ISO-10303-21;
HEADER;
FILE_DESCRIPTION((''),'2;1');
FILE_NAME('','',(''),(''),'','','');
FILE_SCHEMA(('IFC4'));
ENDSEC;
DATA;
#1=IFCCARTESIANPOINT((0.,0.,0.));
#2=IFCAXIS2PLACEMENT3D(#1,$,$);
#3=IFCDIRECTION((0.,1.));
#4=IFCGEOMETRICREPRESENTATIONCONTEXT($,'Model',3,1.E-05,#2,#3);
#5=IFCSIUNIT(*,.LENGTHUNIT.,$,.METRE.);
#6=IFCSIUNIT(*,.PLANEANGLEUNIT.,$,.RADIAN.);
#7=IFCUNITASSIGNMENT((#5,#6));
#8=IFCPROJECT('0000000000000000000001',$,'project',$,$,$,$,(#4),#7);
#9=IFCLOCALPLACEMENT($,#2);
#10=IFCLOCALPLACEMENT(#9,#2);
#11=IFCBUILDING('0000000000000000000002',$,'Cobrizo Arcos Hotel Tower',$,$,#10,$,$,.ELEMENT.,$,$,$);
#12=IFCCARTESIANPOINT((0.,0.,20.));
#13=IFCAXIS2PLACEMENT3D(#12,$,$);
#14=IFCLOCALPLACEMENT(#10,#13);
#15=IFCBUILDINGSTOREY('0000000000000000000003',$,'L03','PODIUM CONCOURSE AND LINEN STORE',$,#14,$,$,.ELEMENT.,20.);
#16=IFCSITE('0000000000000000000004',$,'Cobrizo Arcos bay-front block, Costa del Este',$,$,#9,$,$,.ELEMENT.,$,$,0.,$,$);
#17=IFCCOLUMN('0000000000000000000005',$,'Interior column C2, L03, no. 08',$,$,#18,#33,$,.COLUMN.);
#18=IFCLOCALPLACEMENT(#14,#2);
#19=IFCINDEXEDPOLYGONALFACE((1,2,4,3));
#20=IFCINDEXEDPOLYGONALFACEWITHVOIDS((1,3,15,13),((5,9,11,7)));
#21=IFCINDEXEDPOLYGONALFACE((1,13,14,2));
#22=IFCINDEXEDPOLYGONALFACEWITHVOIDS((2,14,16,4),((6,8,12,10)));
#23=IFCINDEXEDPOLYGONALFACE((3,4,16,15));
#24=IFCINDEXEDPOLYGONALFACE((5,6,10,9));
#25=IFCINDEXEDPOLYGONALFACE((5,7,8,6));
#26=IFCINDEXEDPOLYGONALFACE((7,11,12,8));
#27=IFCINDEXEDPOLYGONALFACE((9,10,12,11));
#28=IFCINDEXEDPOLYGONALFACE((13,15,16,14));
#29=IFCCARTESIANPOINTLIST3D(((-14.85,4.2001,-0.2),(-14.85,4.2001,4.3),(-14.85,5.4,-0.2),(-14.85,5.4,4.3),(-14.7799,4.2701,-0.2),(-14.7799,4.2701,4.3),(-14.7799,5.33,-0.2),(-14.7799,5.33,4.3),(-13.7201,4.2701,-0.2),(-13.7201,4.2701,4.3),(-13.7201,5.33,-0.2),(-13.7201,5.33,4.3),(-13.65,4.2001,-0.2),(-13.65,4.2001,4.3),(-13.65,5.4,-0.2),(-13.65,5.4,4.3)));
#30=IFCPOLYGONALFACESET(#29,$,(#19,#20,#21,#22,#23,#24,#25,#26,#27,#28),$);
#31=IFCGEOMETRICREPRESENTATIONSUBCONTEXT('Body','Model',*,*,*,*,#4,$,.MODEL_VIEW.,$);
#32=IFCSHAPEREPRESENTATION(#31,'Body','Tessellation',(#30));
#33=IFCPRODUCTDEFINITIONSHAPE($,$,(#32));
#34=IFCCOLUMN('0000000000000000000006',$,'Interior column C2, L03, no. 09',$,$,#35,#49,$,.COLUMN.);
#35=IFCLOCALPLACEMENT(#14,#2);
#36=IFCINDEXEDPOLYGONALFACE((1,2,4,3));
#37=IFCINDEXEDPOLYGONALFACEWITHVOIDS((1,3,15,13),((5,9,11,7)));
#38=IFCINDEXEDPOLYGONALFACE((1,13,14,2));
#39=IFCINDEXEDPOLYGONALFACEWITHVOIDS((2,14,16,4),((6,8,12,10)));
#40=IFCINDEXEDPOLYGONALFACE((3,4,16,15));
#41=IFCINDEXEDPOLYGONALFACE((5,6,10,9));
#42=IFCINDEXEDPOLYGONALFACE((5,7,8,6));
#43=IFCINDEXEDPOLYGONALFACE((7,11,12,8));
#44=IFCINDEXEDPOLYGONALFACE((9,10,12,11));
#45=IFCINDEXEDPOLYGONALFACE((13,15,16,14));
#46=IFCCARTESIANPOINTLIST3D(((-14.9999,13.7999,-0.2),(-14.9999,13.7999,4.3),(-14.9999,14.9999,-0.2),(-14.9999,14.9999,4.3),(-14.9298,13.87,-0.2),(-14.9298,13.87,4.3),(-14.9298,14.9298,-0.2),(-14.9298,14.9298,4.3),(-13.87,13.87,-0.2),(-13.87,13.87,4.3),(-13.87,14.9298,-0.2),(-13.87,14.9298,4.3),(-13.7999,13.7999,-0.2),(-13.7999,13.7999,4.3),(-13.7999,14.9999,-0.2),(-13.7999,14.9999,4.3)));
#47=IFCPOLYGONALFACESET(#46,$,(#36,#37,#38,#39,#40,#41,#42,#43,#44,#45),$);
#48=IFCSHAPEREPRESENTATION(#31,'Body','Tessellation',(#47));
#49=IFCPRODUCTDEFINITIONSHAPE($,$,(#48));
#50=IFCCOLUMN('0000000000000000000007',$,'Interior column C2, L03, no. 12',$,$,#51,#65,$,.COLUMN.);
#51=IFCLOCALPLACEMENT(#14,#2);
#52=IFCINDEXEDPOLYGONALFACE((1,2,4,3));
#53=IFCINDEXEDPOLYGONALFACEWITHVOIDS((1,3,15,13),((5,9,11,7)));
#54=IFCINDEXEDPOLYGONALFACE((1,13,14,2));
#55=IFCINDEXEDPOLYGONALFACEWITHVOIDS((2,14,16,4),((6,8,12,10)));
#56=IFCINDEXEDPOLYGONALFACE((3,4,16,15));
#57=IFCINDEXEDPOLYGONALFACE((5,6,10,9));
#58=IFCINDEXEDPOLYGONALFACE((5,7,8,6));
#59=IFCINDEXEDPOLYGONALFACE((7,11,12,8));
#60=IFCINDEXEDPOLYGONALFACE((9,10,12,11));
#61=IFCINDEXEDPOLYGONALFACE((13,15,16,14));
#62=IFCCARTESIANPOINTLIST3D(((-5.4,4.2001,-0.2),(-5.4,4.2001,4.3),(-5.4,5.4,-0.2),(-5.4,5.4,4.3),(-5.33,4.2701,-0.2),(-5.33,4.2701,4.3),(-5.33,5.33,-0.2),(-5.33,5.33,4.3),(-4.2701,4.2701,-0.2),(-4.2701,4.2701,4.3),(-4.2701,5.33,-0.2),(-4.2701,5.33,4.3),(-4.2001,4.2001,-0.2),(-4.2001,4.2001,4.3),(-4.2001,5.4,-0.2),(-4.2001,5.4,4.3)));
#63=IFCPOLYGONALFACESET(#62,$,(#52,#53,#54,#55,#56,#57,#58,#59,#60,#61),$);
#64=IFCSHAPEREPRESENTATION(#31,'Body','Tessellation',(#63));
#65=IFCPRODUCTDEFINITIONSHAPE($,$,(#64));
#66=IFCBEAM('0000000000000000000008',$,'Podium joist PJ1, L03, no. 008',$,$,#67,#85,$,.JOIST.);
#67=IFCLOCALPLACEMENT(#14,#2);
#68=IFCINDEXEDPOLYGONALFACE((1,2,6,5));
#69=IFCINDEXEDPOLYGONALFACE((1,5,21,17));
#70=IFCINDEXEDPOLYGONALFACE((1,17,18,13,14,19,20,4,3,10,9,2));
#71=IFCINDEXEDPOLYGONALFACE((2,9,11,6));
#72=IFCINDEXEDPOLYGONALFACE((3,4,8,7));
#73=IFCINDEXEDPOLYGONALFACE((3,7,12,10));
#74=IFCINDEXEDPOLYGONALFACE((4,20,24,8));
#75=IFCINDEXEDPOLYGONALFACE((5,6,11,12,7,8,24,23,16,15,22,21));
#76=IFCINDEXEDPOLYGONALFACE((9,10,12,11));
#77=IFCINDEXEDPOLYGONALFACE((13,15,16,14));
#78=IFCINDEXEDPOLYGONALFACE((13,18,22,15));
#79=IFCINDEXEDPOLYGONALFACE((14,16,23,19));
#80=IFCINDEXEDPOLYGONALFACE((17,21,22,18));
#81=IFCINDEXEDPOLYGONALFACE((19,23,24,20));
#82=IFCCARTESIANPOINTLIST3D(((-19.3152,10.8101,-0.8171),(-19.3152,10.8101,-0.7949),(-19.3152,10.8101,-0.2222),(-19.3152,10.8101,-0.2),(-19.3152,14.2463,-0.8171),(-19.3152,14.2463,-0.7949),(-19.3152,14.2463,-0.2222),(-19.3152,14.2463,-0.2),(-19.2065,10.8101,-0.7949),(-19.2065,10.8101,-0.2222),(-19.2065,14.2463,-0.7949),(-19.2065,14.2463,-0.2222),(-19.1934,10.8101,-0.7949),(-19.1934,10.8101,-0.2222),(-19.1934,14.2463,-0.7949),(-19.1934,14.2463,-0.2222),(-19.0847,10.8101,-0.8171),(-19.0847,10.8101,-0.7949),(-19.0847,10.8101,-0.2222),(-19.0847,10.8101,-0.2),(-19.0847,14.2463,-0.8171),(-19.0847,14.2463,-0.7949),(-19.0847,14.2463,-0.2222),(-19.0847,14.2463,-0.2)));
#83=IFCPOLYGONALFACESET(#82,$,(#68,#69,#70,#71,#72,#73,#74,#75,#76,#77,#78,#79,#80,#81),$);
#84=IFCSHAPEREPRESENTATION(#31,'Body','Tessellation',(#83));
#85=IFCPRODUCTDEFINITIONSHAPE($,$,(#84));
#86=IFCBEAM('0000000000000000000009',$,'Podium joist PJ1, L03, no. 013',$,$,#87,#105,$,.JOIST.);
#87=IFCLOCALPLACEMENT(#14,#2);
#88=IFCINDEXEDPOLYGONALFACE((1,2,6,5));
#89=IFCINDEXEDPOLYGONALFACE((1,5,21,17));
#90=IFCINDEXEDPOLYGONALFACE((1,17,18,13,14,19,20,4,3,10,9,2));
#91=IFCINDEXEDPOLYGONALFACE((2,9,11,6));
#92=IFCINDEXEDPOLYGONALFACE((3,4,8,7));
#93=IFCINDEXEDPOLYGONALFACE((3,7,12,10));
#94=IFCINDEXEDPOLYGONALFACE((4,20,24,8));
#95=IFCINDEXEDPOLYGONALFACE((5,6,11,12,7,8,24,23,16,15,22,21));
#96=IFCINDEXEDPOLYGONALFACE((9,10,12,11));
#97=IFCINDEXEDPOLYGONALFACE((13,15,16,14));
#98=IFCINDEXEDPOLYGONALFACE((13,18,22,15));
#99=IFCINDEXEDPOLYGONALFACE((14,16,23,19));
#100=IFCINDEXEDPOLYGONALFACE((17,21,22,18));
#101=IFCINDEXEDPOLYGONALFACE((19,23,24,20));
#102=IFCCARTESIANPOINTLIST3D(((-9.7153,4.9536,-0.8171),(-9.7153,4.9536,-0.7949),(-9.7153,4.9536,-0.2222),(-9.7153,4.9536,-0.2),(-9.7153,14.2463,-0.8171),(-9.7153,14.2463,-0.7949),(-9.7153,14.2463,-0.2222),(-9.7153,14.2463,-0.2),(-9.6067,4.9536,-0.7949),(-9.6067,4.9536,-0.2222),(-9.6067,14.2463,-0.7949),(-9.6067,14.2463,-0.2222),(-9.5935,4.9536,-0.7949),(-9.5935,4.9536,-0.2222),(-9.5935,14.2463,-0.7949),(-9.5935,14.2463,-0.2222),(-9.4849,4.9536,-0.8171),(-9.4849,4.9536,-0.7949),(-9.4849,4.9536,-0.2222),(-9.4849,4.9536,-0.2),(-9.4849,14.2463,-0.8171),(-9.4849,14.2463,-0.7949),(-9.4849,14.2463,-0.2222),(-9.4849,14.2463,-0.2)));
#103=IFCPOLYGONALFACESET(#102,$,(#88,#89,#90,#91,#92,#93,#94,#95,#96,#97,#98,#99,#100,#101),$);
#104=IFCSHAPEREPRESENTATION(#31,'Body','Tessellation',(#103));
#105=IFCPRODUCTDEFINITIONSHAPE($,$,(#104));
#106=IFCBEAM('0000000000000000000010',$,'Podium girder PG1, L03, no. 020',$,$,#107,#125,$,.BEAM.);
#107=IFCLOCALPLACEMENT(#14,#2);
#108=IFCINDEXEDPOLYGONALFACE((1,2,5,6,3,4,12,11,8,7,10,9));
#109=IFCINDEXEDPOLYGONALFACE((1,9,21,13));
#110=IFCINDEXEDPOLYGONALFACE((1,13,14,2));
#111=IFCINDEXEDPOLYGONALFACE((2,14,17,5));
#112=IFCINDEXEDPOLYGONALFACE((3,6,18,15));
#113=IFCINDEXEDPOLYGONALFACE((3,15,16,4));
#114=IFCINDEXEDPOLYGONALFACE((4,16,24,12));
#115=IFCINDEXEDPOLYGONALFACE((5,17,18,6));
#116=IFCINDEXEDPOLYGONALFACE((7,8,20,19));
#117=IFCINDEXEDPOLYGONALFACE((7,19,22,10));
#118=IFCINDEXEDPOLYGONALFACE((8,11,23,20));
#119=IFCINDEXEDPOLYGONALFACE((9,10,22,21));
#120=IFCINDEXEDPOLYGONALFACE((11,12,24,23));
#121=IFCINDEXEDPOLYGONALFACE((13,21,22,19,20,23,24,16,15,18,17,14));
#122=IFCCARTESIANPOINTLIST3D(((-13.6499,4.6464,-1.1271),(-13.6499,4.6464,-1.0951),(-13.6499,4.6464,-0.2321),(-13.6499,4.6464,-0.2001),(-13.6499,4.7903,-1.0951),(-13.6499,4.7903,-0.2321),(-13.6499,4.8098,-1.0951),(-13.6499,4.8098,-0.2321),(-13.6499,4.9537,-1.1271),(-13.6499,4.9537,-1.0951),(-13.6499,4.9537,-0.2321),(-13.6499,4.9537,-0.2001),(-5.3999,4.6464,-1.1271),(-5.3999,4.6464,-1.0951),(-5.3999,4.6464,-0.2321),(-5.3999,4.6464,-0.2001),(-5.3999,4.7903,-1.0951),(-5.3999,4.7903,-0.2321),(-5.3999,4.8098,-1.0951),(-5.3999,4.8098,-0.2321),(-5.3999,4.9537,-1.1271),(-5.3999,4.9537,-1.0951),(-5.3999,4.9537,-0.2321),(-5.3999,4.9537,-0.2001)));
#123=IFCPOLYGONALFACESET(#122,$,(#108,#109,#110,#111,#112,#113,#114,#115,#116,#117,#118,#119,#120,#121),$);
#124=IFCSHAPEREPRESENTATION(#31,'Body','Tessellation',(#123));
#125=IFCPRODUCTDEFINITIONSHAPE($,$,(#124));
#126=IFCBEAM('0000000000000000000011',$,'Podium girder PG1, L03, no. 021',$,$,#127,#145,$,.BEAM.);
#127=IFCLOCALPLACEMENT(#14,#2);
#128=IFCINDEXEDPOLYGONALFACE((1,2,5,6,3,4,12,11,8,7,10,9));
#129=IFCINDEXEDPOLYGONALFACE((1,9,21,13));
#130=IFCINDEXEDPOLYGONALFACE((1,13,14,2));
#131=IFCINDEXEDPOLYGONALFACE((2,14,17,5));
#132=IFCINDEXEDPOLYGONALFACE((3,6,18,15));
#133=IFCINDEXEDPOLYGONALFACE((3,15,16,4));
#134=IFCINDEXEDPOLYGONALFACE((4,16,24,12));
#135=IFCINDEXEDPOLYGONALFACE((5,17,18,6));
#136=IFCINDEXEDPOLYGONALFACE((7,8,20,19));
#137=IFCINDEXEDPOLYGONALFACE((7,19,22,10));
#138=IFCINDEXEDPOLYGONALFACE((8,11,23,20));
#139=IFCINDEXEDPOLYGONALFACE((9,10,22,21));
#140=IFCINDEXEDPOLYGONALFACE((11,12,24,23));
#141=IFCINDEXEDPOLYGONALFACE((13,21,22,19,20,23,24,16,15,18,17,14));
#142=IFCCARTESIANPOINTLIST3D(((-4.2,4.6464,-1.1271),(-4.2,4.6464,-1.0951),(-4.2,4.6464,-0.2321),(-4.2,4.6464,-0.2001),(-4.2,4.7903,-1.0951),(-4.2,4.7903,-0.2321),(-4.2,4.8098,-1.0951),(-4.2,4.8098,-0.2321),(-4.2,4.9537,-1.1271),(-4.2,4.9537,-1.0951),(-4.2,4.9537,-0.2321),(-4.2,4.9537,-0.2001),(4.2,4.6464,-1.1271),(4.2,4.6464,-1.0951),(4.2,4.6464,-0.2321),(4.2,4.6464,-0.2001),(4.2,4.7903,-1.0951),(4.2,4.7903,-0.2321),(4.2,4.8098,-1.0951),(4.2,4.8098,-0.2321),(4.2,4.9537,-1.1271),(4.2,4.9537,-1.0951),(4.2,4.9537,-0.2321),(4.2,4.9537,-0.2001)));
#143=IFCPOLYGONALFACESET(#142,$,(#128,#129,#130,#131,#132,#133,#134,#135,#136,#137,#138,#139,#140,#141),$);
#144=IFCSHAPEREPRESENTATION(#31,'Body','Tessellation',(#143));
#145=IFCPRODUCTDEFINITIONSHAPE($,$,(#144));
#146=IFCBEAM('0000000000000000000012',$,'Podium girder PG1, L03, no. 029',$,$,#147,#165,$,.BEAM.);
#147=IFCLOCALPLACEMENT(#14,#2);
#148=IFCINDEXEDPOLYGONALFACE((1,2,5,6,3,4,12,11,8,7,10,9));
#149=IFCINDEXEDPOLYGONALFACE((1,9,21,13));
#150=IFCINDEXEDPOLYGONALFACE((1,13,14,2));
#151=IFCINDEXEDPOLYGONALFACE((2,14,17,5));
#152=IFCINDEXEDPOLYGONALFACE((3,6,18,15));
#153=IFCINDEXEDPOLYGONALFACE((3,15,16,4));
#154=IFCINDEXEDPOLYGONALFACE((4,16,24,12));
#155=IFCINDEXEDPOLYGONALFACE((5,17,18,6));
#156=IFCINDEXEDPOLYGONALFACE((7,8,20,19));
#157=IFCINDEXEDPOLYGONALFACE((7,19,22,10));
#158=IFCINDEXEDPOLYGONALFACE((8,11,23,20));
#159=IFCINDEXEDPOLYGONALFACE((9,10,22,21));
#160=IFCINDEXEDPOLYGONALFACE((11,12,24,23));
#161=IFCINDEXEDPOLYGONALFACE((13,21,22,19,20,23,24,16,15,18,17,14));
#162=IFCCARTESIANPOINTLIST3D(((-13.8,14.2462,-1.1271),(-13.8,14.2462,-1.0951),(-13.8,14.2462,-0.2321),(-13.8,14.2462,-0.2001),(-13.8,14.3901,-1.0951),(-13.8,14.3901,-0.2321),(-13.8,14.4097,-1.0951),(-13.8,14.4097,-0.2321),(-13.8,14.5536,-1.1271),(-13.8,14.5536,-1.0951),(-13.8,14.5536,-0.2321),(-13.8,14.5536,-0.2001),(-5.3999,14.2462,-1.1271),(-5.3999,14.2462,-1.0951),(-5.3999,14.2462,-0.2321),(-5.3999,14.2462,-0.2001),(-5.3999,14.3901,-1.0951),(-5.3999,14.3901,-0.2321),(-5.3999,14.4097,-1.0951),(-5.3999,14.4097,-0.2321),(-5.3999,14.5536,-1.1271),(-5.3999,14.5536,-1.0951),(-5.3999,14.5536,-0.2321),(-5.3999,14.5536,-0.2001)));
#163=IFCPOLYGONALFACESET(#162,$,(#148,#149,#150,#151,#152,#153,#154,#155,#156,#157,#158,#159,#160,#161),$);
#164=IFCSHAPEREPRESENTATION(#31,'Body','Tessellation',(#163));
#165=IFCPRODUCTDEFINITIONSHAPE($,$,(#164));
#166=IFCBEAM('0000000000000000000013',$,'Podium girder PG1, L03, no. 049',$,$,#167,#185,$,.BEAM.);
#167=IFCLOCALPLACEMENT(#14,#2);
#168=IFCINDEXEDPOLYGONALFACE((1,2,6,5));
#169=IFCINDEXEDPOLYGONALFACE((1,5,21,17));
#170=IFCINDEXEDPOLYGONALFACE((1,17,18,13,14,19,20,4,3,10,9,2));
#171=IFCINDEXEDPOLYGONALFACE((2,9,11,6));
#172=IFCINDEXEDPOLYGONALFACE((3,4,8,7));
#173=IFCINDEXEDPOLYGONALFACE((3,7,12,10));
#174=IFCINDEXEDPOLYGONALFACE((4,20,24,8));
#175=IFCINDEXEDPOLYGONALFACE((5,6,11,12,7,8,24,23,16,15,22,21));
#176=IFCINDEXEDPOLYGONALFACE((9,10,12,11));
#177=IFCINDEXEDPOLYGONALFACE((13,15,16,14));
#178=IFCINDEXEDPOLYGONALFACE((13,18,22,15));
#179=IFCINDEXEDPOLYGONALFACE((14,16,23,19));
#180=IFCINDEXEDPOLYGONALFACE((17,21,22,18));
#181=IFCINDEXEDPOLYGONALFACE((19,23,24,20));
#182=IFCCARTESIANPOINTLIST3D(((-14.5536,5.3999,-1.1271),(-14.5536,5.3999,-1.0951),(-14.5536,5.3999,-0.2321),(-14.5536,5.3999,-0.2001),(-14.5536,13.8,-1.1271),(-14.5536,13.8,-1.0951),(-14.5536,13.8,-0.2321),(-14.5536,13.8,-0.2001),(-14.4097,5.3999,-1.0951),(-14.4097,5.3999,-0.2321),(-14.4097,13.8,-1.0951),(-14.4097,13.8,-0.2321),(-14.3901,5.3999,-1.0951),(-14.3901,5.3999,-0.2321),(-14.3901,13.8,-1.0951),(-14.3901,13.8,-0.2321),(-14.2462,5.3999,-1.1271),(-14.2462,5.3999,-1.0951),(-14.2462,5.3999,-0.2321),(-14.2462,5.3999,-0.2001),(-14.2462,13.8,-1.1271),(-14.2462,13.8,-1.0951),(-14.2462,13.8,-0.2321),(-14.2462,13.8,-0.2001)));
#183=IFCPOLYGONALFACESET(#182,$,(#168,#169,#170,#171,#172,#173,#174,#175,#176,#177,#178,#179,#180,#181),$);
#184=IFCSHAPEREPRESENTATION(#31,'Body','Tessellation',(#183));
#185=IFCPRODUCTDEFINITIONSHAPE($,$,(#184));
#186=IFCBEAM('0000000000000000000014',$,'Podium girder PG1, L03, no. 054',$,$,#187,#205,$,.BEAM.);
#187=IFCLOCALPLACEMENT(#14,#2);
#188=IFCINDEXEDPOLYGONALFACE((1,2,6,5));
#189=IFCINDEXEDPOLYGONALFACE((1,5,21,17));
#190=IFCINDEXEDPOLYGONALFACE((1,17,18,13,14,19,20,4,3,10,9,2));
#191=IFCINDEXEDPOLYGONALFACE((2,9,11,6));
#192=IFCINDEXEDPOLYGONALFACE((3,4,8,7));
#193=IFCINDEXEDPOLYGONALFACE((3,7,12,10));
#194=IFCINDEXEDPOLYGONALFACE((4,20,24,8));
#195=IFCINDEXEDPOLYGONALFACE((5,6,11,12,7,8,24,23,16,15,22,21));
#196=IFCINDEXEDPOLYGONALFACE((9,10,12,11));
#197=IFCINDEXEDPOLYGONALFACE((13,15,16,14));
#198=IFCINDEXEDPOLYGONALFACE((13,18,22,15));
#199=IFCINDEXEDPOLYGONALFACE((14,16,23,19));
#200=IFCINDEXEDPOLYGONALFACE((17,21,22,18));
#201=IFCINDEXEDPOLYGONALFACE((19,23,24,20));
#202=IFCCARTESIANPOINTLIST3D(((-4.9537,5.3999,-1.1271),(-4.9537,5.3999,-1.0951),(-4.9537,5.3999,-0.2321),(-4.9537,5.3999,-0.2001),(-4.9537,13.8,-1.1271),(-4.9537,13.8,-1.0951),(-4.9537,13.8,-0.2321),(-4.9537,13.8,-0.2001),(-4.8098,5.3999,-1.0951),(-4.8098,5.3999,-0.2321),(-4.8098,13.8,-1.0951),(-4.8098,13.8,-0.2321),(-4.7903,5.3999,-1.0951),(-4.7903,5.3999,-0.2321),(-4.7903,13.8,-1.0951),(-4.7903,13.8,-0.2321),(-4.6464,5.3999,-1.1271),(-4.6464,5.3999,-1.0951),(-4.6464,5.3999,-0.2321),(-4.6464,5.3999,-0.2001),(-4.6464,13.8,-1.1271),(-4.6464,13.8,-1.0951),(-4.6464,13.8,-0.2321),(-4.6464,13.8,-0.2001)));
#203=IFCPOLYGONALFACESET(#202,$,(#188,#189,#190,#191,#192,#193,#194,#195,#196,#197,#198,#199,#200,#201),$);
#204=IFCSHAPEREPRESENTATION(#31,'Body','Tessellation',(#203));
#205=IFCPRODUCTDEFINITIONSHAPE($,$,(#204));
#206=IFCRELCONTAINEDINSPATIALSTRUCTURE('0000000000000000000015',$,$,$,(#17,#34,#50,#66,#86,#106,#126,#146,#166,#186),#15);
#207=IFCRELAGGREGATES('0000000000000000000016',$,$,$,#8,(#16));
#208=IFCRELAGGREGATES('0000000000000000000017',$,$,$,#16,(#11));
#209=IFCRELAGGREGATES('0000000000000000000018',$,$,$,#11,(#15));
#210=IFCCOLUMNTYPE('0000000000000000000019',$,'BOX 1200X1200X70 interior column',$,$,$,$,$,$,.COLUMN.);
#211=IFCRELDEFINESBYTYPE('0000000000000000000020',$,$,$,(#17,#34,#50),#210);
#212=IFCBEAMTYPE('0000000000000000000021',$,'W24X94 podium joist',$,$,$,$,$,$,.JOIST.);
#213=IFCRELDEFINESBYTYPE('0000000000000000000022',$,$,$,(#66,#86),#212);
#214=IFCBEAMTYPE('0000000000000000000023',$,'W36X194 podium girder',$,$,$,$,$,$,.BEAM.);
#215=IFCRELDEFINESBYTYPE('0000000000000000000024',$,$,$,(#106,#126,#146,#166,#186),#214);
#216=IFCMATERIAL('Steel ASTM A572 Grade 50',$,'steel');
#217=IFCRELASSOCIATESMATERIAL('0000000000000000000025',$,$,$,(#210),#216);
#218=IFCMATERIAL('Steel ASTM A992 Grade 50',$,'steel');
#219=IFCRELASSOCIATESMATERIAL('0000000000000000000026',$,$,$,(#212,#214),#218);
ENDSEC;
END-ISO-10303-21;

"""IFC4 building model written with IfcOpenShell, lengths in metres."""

from ifc_helpers import new_model, si_unit, direction, frame, origin, origin_2d, place, context, subcontext, project, spatial, hollow_rectangle, i_section, extrude, material, material_profile, profile_set, type_object, element, save


model = new_model("IFC4")

# Units and contexts
model_context = context("Model", 3, precision=1e-05, world=origin(), true_north=direction((0.0, 1.0)))
body_context = subcontext(model_context, "Body", "Model", "MODEL_VIEW")
ifc_project = project(units=[si_unit("LENGTHUNIT", "METRE"), si_unit("PLANEANGLEUNIT", "RADIAN")], contexts=[model_context])

# Site, building, storey
site_placement = place(None, origin())
site = spatial("IfcSite", under=ifc_project, at=site_placement, Name="Cobrizo Arcos bay-front block, Costa del Este", CompositionType="ELEMENT", RefElevation=0.0)
building_placement = place(site_placement, origin())
building = spatial("IfcBuilding", under=site, at=building_placement, Name="Cobrizo Arcos Hotel Tower", CompositionType="ELEMENT")
storey_placement = place(building_placement, frame((0.0, 0.0, 20.0)))
storey = spatial("IfcBuildingStorey", under=building, at=storey_placement, Name="L03", Description="PODIUM CONCOURSE AND LINEN STORE", CompositionType="ELEMENT", Elevation=20.0)

# Columns
ifc_material_1 = material(Name="Steel ASTM A572 Grade 50", Category="steel")
ifc_material_profile_1 = material_profile(ifc_material_1, hollow_rectangle(XDim=1.2, YDim=1.2, WallThickness=0.0701, at=origin_2d()), Name="BOX 1200X1200X70")
ifc_profile_set_1 = profile_set([ifc_material_profile_1], Name="Steel ASTM A572 Grade 50")
column_type = type_object("IfcColumnType", Name="BOX 1200X1200X70 interior column", PredefinedType="COLUMN", material=ifc_profile_set_1)
for number, where, z_axis, x_axis, name in (
    (1, (-14.25, 4.8, -0.2), (0.0, 0.0, 1.0), (1.0, 0.0, 0.0), "Interior column C2, L03, no. 08"),
    (2, (-14.3999, 14.3999, -0.2), (0.0, 0.0, 1.0), (1.0, 0.0, 0.0), "Interior column C2, L03, no. 09"),
    (3, (-4.8, 4.8, -0.2), (0.0, 0.0, 1.0), (1.0, 0.0, 0.0), "Interior column C2, L03, no. 12"),
):
    element("IfcColumn", number, at=place(storey_placement, frame(where, z_axis=z_axis, x_axis=x_axis)), inside=storey, type_object=column_type, Name=name, PredefinedType="COLUMN", context=body_context, shape_type="SweptSolid", body=[
        extrude(hollow_rectangle(XDim=1.2, YDim=1.2, WallThickness=0.0701, at=origin_2d()), origin(), (0.0, 0.0, 1.0), 4.5),
    ])

# Beams
ifc_material_2 = material(Name="Steel ASTM A992 Grade 50", Category="steel")
ifc_material_profile_2 = material_profile(ifc_material_2, i_section(OverallWidth=0.2305, OverallDepth=0.6172, WebThickness=0.0132, FlangeThickness=0.0222, at=origin_2d()), Name="W24X94")
ifc_profile_set_2 = profile_set([ifc_material_profile_2], Name="Steel ASTM A992 Grade 50")
beam_type_1 = type_object("IfcBeamType", Name="W24X94 podium joist", PredefinedType="JOIST", material=ifc_profile_set_2)
beam_1_placement = place(storey_placement, frame((-19.2, 10.8101, -0.5085), z_axis=(0.0, 1.0, 0.0), x_axis=(-1.0, 0.0, 0.0)))
element("IfcBeam", 4, at=beam_1_placement, inside=storey, type_object=beam_type_1, Name="Podium joist PJ1, L03, no. 008", PredefinedType="JOIST", context=body_context, shape_type="SweptSolid", body=[
    extrude(i_section(OverallWidth=0.2305, OverallDepth=0.6172, WebThickness=0.0132, FlangeThickness=0.0222, at=origin_2d()), origin(), (0.0, 0.0, 1.0), 3.4363),
])
beam_2_placement = place(storey_placement, frame((-9.6001, 4.9536, -0.5085), z_axis=(0.0, 1.0, 0.0), x_axis=(-1.0, 0.0, 0.0)))
element("IfcBeam", 5, at=beam_2_placement, inside=storey, type_object=beam_type_1, Name="Podium joist PJ1, L03, no. 013", PredefinedType="JOIST", context=body_context, shape_type="SweptSolid", body=[
    extrude(i_section(OverallWidth=0.2305, OverallDepth=0.6172, WebThickness=0.0132, FlangeThickness=0.0222, at=origin_2d()), origin(), (0.0, 0.0, 1.0), 9.2927),
])
ifc_material_profile_3 = material_profile(ifc_material_2, i_section(OverallWidth=0.3074, OverallDepth=0.927, WebThickness=0.0195, FlangeThickness=0.032, at=origin_2d()), Name="W36X194")
ifc_profile_set_3 = profile_set([ifc_material_profile_3], Name="Steel ASTM A992 Grade 50")
beam_type_2 = type_object("IfcBeamType", Name="W36X194 podium girder", PredefinedType="BEAM", material=ifc_profile_set_3)
beam_3_placement = place(storey_placement, frame((-13.6499, 4.8, -0.6636), z_axis=(1.0, 0.0, 0.0), x_axis=(0.0, 1.0, 0.0)))
element("IfcBeam", 6, at=beam_3_placement, inside=storey, type_object=beam_type_2, Name="Podium girder PG1, L03, no. 020", PredefinedType="BEAM", context=body_context, shape_type="SweptSolid", body=[
    extrude(i_section(OverallWidth=0.3074, OverallDepth=0.927, WebThickness=0.0195, FlangeThickness=0.032, at=origin_2d()), origin(), (0.0, 0.0, 1.0), 8.25),
])
beam_4_placement = place(storey_placement, frame((-4.2, 4.8, -0.6636), z_axis=(1.0, 0.0, 0.0), x_axis=(0.0, 1.0, 0.0)))
element("IfcBeam", 7, at=beam_4_placement, inside=storey, type_object=beam_type_2, Name="Podium girder PG1, L03, no. 021", PredefinedType="BEAM", context=body_context, shape_type="SweptSolid", body=[
    extrude(i_section(OverallWidth=0.3074, OverallDepth=0.927, WebThickness=0.0195, FlangeThickness=0.032, at=origin_2d()), origin(), (0.0, 0.0, 1.0), 8.3999),
])
for number, where, z_axis, x_axis, name in (
    (8, (-13.8, 14.3999, -0.6636), (1.0, 0.0, 0.0), (0.0, 1.0, 0.0), "Podium girder PG1, L03, no. 029"),
    (9, (-14.3999, 5.3999, -0.6636), (0.0, 1.0, 0.0), (-1.0, 0.0, 0.0), "Podium girder PG1, L03, no. 049"),
    (10, (-4.8, 5.3999, -0.6636), (0.0, 1.0, 0.0), (-1.0, 0.0, 0.0), "Podium girder PG1, L03, no. 054"),
):
    element("IfcBeam", number, at=place(storey_placement, frame(where, z_axis=z_axis, x_axis=x_axis)), inside=storey, type_object=beam_type_2, Name=name, PredefinedType="BEAM", context=body_context, shape_type="SweptSolid", body=[
        extrude(i_section(OverallWidth=0.3074, OverallDepth=0.927, WebThickness=0.0195, FlangeThickness=0.032, at=origin_2d()), origin(), (0.0, 0.0, 1.0), 8.4001),
    ])

save(model, "model.ifc")
